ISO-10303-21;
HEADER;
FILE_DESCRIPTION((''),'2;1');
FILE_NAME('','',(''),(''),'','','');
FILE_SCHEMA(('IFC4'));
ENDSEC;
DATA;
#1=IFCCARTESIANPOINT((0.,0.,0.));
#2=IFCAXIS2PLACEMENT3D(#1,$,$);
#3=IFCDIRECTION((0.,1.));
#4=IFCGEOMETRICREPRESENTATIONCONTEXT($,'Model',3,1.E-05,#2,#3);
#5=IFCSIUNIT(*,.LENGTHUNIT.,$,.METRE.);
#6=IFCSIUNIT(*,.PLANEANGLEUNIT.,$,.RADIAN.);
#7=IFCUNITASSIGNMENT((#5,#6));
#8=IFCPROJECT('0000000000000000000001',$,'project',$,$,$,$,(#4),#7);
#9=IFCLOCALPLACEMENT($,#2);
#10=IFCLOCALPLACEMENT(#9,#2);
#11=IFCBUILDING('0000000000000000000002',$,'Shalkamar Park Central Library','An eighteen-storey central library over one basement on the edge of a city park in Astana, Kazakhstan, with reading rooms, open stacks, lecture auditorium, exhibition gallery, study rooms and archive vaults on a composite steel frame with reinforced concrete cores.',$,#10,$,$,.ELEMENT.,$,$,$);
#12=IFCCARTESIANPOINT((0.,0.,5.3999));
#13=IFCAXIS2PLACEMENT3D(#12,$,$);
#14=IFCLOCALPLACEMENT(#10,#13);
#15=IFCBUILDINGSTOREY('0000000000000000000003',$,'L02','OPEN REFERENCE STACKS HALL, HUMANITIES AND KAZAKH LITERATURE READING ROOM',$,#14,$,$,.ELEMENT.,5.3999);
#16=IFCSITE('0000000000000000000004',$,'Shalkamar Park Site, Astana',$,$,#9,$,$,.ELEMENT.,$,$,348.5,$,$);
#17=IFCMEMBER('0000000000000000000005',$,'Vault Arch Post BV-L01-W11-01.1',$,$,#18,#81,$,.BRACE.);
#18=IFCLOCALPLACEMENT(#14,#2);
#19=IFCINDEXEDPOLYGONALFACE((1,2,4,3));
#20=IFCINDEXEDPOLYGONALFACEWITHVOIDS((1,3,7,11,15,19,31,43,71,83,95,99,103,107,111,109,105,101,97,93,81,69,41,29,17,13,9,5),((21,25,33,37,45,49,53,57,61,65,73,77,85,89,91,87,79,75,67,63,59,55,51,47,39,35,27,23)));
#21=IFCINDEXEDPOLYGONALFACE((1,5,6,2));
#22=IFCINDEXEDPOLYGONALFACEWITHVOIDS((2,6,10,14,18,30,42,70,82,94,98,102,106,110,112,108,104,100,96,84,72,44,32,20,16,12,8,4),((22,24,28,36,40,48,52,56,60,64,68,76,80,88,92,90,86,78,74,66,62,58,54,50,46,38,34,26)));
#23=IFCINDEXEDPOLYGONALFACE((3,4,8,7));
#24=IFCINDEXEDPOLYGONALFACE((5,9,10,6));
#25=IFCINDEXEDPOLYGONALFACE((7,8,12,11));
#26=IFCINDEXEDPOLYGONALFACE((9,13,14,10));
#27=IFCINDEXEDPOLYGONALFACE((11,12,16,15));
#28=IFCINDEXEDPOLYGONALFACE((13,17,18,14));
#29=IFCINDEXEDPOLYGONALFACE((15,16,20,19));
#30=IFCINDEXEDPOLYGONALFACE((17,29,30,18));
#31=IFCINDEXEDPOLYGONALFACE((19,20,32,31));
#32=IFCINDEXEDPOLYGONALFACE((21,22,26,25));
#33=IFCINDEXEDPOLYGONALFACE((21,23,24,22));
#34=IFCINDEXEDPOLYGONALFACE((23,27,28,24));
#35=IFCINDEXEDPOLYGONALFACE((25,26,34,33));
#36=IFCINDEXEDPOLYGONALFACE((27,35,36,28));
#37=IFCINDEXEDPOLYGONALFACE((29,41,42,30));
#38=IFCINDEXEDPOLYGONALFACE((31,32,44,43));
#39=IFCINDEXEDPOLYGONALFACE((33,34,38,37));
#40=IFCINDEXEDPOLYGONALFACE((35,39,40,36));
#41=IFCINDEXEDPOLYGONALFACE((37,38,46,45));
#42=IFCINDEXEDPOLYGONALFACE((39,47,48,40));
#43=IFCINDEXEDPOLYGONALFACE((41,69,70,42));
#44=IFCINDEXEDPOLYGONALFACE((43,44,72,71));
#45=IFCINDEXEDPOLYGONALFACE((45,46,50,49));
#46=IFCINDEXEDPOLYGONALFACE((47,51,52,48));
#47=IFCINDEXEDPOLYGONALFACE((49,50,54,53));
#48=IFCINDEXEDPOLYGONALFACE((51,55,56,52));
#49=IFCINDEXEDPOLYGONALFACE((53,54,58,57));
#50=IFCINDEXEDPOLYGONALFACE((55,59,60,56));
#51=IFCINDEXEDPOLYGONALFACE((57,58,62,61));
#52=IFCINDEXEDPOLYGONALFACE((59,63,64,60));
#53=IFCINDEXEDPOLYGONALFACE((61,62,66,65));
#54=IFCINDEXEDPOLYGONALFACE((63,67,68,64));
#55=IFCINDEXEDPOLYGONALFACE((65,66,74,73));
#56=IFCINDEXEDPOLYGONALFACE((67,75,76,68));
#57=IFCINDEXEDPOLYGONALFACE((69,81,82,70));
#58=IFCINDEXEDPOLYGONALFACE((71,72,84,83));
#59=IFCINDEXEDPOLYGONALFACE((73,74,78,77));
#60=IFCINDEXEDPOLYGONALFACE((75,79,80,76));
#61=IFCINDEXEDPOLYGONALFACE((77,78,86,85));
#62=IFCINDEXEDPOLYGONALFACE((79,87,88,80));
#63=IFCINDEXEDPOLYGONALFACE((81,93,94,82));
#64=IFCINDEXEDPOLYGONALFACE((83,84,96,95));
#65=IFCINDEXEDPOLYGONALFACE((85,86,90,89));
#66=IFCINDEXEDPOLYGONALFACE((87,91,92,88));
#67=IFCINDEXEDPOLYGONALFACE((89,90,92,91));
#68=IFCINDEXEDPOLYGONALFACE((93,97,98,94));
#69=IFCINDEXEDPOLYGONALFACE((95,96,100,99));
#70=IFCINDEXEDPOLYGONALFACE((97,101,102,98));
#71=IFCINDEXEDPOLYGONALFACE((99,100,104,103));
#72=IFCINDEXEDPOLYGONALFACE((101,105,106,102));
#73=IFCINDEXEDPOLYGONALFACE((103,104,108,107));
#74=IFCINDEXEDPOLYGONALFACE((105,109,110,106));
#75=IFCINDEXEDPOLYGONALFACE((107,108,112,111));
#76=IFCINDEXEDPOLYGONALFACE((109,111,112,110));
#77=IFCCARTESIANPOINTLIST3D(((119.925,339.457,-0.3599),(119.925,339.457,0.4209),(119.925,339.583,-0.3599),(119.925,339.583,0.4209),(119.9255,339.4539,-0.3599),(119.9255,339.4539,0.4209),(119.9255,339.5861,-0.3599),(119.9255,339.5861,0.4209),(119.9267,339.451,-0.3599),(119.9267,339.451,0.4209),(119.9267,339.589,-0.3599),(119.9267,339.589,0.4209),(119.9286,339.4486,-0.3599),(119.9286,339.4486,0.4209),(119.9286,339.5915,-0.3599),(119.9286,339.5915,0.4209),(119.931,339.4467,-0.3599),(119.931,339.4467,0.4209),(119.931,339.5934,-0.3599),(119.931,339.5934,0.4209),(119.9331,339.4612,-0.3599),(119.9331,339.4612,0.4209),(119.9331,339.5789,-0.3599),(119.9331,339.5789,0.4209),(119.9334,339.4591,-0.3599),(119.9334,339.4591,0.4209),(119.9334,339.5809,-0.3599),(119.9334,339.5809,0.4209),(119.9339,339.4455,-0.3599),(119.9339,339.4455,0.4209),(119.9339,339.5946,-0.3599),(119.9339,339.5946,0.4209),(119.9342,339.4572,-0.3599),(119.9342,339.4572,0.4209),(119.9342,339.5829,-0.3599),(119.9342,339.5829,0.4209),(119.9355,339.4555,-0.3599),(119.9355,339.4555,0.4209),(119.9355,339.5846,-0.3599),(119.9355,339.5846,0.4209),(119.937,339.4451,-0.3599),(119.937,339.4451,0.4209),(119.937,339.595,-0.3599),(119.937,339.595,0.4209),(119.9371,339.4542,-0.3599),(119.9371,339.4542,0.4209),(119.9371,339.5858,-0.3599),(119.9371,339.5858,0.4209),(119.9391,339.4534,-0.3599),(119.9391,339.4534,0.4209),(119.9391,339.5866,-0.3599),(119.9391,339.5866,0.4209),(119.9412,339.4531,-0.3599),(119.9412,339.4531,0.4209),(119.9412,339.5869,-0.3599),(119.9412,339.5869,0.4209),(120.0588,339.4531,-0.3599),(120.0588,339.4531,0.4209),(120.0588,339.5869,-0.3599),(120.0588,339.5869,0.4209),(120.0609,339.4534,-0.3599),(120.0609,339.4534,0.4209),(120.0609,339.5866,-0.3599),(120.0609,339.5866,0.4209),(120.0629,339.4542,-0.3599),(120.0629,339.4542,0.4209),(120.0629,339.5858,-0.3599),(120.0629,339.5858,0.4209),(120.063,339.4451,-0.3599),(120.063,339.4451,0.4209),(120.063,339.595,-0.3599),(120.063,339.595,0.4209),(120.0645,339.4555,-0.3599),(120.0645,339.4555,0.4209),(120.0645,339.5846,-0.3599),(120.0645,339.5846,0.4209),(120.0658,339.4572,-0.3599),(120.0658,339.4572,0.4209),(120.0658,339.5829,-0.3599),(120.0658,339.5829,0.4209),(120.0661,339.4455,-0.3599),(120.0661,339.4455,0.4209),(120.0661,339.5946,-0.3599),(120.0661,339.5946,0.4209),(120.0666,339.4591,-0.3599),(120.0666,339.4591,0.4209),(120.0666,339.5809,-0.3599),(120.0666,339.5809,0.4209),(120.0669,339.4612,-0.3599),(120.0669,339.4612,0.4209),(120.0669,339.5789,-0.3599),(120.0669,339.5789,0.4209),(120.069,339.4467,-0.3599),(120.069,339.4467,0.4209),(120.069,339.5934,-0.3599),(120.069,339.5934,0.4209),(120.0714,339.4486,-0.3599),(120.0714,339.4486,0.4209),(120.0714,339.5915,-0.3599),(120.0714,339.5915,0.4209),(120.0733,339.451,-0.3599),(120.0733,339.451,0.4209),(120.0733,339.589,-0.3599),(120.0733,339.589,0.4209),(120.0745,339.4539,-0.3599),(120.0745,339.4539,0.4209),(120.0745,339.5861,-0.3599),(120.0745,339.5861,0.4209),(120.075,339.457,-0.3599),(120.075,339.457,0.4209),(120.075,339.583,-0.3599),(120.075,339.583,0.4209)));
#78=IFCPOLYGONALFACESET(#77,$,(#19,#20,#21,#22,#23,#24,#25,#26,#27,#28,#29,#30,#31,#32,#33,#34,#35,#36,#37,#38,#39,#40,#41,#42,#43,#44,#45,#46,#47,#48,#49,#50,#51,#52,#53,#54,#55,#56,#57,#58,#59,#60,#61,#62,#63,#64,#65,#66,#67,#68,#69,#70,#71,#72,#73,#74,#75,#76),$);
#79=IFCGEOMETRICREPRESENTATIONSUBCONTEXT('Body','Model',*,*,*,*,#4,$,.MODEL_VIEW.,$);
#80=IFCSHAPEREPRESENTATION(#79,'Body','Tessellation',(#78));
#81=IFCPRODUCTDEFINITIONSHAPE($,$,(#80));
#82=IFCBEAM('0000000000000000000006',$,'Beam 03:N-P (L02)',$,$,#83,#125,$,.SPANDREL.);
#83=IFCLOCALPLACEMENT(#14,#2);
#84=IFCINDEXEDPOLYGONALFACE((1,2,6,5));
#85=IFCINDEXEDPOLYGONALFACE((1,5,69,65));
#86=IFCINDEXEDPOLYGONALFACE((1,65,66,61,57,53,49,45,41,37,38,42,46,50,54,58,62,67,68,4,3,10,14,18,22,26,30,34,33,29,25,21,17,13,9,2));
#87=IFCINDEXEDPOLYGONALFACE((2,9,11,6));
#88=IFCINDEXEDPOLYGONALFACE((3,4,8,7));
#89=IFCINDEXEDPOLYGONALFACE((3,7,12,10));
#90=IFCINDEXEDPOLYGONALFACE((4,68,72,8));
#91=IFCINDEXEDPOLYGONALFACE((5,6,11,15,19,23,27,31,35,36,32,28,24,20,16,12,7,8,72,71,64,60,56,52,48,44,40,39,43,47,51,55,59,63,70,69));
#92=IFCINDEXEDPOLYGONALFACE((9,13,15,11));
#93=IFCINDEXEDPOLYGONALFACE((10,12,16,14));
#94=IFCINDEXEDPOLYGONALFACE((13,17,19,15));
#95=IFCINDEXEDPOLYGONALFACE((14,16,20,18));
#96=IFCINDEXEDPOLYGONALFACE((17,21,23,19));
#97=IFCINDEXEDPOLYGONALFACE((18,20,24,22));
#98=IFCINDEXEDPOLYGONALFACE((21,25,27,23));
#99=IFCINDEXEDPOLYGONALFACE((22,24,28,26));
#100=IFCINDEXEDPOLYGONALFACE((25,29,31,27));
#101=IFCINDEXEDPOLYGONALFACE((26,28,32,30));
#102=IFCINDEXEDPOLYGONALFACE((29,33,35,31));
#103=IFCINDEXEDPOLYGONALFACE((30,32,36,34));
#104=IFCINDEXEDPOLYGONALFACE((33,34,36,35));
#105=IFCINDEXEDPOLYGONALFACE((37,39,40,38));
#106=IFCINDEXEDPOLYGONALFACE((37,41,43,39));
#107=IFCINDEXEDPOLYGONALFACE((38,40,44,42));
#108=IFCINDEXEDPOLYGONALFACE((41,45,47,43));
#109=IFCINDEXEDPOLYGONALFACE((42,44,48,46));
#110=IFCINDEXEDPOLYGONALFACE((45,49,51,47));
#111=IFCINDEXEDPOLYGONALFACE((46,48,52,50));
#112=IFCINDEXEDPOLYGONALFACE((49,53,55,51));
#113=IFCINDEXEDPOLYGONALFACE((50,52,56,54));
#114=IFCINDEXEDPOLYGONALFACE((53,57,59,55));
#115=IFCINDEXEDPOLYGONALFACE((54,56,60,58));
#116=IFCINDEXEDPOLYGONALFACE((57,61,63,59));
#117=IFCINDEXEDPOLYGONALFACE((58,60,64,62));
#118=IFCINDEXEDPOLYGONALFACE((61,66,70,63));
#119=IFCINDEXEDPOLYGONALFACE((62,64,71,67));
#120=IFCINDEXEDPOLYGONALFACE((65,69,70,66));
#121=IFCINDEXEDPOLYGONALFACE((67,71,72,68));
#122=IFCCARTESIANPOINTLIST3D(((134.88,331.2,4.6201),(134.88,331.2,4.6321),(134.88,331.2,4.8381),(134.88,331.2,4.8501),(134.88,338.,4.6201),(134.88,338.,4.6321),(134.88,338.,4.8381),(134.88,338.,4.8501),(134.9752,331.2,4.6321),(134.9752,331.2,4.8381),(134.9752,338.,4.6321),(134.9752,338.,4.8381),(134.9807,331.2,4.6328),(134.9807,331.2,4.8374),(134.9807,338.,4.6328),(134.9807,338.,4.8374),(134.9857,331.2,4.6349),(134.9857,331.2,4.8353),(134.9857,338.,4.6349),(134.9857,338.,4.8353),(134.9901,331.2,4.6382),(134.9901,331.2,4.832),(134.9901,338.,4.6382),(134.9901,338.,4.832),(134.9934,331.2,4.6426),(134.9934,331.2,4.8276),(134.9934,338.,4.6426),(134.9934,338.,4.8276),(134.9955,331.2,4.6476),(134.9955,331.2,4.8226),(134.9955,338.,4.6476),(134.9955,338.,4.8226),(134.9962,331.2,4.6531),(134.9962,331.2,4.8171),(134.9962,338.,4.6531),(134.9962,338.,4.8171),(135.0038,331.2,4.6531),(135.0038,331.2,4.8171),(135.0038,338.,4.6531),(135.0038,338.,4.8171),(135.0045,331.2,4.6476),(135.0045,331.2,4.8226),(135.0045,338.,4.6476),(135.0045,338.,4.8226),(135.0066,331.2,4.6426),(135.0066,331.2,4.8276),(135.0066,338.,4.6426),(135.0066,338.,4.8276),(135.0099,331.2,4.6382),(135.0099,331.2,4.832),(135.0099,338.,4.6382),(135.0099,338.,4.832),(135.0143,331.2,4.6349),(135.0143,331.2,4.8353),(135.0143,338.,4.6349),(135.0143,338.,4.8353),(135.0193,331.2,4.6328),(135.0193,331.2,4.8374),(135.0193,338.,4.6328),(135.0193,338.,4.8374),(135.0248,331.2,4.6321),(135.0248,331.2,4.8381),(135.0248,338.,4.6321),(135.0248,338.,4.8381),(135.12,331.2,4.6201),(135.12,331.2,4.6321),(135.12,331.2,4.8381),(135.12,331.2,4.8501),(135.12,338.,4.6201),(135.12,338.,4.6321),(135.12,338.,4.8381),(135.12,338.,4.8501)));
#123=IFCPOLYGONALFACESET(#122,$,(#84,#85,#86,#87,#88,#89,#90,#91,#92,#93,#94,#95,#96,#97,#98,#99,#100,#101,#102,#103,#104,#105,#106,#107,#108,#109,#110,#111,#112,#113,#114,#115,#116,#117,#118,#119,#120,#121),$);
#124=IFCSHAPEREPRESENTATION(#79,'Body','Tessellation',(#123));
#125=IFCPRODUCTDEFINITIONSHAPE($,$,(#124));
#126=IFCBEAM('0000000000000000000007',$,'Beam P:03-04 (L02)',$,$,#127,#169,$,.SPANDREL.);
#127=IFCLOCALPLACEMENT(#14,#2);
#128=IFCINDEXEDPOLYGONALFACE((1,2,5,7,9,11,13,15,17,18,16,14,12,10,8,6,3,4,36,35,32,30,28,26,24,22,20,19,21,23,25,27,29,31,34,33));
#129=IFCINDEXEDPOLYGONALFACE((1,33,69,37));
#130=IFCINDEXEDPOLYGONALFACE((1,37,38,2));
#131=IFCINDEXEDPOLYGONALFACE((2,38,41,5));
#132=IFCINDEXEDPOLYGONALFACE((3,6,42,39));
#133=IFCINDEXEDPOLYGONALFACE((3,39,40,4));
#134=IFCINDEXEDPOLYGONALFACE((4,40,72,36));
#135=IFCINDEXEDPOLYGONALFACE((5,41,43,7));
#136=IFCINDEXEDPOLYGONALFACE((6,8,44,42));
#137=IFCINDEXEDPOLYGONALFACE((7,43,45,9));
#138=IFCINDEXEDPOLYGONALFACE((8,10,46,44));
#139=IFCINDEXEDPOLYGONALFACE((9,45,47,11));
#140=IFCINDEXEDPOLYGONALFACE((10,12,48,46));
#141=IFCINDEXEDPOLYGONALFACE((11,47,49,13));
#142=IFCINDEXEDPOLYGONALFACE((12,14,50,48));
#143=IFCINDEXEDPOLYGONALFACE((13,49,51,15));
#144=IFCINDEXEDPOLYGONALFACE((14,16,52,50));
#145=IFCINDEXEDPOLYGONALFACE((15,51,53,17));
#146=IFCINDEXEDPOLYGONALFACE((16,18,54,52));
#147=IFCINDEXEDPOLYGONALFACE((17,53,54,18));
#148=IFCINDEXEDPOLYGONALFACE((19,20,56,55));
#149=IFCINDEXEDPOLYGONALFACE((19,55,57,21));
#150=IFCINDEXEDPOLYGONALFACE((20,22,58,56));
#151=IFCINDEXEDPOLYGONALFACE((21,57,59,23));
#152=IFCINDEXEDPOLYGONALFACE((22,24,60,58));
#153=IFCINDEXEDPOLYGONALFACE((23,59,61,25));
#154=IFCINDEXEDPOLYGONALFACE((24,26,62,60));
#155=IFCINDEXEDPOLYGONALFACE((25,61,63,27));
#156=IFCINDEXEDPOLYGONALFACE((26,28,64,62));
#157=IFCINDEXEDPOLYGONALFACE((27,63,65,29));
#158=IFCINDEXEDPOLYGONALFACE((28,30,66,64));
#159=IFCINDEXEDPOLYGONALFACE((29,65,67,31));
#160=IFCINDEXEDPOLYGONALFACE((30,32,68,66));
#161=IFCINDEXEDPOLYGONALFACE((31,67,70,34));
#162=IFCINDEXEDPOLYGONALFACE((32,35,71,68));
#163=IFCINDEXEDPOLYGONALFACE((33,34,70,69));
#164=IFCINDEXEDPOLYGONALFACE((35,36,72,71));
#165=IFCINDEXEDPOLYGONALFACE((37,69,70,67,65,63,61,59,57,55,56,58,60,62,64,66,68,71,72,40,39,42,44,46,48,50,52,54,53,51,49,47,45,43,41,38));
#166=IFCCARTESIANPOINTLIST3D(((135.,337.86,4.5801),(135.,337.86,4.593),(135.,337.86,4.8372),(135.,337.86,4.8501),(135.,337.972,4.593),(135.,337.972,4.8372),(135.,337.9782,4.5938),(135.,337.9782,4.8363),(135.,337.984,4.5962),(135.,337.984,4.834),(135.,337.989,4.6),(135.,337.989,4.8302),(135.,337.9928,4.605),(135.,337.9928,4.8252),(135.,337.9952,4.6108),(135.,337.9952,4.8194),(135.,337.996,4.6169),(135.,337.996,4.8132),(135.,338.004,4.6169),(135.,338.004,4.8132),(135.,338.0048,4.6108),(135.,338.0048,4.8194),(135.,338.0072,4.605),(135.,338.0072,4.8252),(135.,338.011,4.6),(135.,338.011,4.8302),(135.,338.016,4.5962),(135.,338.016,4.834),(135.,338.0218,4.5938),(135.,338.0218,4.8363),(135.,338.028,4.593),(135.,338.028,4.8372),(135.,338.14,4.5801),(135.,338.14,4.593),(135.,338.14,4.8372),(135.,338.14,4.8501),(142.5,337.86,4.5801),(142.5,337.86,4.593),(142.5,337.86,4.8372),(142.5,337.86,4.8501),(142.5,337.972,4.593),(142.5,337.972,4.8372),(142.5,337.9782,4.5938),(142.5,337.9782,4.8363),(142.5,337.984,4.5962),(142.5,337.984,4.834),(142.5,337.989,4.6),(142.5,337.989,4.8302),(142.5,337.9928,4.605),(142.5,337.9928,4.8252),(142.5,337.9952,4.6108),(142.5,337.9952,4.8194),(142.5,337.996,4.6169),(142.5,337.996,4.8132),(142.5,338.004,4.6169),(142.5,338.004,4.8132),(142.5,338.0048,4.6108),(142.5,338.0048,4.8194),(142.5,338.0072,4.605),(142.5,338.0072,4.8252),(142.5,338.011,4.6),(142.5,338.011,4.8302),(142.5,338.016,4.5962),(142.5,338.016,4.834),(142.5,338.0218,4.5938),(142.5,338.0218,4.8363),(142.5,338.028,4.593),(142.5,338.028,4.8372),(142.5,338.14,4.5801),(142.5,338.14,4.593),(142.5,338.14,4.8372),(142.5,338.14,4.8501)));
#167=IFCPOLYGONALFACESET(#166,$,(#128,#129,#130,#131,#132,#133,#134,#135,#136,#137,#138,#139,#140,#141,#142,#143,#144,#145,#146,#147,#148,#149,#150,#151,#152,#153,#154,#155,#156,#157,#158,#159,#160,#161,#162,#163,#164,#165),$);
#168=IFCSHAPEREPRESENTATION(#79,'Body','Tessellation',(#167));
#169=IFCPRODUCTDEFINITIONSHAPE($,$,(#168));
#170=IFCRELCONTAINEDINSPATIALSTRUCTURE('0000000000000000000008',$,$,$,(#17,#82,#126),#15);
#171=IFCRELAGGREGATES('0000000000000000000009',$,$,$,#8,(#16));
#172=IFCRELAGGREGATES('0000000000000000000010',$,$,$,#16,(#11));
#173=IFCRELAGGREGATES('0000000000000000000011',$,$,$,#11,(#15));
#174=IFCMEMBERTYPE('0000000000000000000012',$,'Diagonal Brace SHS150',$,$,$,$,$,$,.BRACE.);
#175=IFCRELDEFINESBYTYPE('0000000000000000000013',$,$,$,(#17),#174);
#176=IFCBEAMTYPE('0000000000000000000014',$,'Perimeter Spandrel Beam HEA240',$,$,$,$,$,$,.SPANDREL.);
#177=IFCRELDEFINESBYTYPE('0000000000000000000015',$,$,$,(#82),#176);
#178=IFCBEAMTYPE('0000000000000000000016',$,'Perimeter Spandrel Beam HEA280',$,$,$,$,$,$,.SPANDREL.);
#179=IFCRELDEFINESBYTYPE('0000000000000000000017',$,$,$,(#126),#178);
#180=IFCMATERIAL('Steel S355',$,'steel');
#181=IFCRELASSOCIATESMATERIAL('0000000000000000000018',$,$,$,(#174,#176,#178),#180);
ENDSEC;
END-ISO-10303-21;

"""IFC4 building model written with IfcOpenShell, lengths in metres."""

from ifc_helpers import new_model, si_unit, direction, frame, origin, origin_2d, place, context, subcontext, project, spatial, hollow_rectangle, i_section, extrude, material, material_profile, profile_set, type_object, element, save


model = new_model("IFC4")

# Units and contexts
model_context = context("Model", 3, precision=1e-05, world=origin(), true_north=direction((0.0, 1.0)))
body_context = subcontext(model_context, "Body", "Model", "MODEL_VIEW")
ifc_project = project(units=[si_unit("LENGTHUNIT", "METRE"), si_unit("PLANEANGLEUNIT", "RADIAN")], contexts=[model_context])

# Site, building, storey
site_placement = place(None, origin())
site = spatial("IfcSite", under=ifc_project, at=site_placement, Name="Shalkamar Park Site, Astana", CompositionType="ELEMENT", RefElevation=348.5)
building_placement = place(site_placement, origin())
building = spatial("IfcBuilding", under=site, at=building_placement, Name="Shalkamar Park Central Library", Description="An eighteen-storey central library over one basement on the edge of a city park in Astana, Kazakhstan, with reading rooms, open stacks, lecture auditorium, exhibition gallery, study rooms and archive vaults on a composite steel frame with reinforced concrete cores.", CompositionType="ELEMENT")
storey_placement = place(building_placement, frame((0.0, 0.0, 5.3999)))
storey = spatial("IfcBuildingStorey", under=building, at=storey_placement, Name="L02", Description="OPEN REFERENCE STACKS HALL, HUMANITIES AND KAZAKH LITERATURE READING ROOM", CompositionType="ELEMENT", Elevation=5.3999)

# Shared definitions
ifc_material_1 = material(Name="Steel S355", Category="steel")

# Member
ifc_material_profile_1 = material_profile(ifc_material_1, hollow_rectangle(XDim=0.1499, YDim=0.1499, WallThickness=0.0081, InnerFilletRadius=0.0081, OuterFilletRadius=0.012, at=origin_2d()), Name="SHS 150x150x8")
ifc_profile_set_1 = profile_set([ifc_material_profile_1], Name="Steel S355")
member_type_1 = type_object("IfcMemberType", Name="Diagonal Brace SHS150", PredefinedType="BRACE", material=ifc_profile_set_1)
for number, where, z_axis, x_axis, name in (
    (1, (120.0, 339.52, -0.3599), (0.0, 0.0, 1.0), (1.0, 0.0, 0.0), "Vault Arch Post BV-L01-W11-01.1"),
):
    element("IfcMember", number, at=place(storey_placement, frame(where, z_axis=z_axis, x_axis=x_axis)), inside=storey, type_object=member_type_1, Name=name, PredefinedType="BRACE", context=body_context, shape_type="SweptSolid", body=[
        extrude(hollow_rectangle(XDim=0.1499, YDim=0.1499, WallThickness=0.0081, InnerFilletRadius=0.0081, OuterFilletRadius=0.012, at=origin_2d()), origin(), (0.0, 0.0, 1.0), 0.7808),
    ])

# Beams
ifc_material_profile_2 = material_profile(ifc_material_1, i_section(OverallWidth=0.24, OverallDepth=0.23, WebThickness=0.0076, FlangeThickness=0.012, FilletRadius=0.021, at=origin_2d()), Name="HEA 240")
ifc_profile_set_2 = profile_set([ifc_material_profile_2], Name="Steel S355")
beam_type_1 = type_object("IfcBeamType", Name="Perimeter Spandrel Beam HEA240", PredefinedType="SPANDREL", material=ifc_profile_set_2)
beam_1_placement = place(storey_placement, frame((135.0, 331.2, 4.7351), z_axis=(0.0, 1.0, 0.0), x_axis=(-1.0, 0.0, 0.0)))
element("IfcBeam", 2, at=beam_1_placement, inside=storey, type_object=beam_type_1, Name="Beam 03:N-P (L02)", PredefinedType="SPANDREL", context=body_context, shape_type="SweptSolid", body=[
    extrude(i_section(OverallWidth=0.24, OverallDepth=0.23, WebThickness=0.0076, FlangeThickness=0.012, FilletRadius=0.021, at=origin_2d()), origin(), (0.0, 0.0, 1.0), 6.8),
])
ifc_material_profile_3 = material_profile(ifc_material_1, i_section(OverallWidth=0.28, OverallDepth=0.27, WebThickness=0.0081, FlangeThickness=0.0129, FilletRadius=0.0239, at=origin_2d()), Name="HEA 280")
ifc_profile_set_3 = profile_set([ifc_material_profile_3], Name="Steel S355")
beam_type_2 = type_object("IfcBeamType", Name="Perimeter Spandrel Beam HEA280", PredefinedType="SPANDREL", material=ifc_profile_set_3)
beam_2_placement = place(storey_placement, frame((135.0, 338.0, 4.7151), z_axis=(1.0, 0.0, 0.0), x_axis=(0.0, 1.0, 0.0)))
element("IfcBeam", 3, at=beam_2_placement, inside=storey, type_object=beam_type_2, Name="Beam P:03-04 (L02)", PredefinedType="SPANDREL", context=body_context, shape_type="SweptSolid", body=[
    extrude(i_section(OverallWidth=0.28, OverallDepth=0.27, WebThickness=0.0081, FlangeThickness=0.0129, FilletRadius=0.0239, at=origin_2d()), origin(), (0.0, 0.0, 1.0), 7.5),
])

save(model, "model.ifc")
